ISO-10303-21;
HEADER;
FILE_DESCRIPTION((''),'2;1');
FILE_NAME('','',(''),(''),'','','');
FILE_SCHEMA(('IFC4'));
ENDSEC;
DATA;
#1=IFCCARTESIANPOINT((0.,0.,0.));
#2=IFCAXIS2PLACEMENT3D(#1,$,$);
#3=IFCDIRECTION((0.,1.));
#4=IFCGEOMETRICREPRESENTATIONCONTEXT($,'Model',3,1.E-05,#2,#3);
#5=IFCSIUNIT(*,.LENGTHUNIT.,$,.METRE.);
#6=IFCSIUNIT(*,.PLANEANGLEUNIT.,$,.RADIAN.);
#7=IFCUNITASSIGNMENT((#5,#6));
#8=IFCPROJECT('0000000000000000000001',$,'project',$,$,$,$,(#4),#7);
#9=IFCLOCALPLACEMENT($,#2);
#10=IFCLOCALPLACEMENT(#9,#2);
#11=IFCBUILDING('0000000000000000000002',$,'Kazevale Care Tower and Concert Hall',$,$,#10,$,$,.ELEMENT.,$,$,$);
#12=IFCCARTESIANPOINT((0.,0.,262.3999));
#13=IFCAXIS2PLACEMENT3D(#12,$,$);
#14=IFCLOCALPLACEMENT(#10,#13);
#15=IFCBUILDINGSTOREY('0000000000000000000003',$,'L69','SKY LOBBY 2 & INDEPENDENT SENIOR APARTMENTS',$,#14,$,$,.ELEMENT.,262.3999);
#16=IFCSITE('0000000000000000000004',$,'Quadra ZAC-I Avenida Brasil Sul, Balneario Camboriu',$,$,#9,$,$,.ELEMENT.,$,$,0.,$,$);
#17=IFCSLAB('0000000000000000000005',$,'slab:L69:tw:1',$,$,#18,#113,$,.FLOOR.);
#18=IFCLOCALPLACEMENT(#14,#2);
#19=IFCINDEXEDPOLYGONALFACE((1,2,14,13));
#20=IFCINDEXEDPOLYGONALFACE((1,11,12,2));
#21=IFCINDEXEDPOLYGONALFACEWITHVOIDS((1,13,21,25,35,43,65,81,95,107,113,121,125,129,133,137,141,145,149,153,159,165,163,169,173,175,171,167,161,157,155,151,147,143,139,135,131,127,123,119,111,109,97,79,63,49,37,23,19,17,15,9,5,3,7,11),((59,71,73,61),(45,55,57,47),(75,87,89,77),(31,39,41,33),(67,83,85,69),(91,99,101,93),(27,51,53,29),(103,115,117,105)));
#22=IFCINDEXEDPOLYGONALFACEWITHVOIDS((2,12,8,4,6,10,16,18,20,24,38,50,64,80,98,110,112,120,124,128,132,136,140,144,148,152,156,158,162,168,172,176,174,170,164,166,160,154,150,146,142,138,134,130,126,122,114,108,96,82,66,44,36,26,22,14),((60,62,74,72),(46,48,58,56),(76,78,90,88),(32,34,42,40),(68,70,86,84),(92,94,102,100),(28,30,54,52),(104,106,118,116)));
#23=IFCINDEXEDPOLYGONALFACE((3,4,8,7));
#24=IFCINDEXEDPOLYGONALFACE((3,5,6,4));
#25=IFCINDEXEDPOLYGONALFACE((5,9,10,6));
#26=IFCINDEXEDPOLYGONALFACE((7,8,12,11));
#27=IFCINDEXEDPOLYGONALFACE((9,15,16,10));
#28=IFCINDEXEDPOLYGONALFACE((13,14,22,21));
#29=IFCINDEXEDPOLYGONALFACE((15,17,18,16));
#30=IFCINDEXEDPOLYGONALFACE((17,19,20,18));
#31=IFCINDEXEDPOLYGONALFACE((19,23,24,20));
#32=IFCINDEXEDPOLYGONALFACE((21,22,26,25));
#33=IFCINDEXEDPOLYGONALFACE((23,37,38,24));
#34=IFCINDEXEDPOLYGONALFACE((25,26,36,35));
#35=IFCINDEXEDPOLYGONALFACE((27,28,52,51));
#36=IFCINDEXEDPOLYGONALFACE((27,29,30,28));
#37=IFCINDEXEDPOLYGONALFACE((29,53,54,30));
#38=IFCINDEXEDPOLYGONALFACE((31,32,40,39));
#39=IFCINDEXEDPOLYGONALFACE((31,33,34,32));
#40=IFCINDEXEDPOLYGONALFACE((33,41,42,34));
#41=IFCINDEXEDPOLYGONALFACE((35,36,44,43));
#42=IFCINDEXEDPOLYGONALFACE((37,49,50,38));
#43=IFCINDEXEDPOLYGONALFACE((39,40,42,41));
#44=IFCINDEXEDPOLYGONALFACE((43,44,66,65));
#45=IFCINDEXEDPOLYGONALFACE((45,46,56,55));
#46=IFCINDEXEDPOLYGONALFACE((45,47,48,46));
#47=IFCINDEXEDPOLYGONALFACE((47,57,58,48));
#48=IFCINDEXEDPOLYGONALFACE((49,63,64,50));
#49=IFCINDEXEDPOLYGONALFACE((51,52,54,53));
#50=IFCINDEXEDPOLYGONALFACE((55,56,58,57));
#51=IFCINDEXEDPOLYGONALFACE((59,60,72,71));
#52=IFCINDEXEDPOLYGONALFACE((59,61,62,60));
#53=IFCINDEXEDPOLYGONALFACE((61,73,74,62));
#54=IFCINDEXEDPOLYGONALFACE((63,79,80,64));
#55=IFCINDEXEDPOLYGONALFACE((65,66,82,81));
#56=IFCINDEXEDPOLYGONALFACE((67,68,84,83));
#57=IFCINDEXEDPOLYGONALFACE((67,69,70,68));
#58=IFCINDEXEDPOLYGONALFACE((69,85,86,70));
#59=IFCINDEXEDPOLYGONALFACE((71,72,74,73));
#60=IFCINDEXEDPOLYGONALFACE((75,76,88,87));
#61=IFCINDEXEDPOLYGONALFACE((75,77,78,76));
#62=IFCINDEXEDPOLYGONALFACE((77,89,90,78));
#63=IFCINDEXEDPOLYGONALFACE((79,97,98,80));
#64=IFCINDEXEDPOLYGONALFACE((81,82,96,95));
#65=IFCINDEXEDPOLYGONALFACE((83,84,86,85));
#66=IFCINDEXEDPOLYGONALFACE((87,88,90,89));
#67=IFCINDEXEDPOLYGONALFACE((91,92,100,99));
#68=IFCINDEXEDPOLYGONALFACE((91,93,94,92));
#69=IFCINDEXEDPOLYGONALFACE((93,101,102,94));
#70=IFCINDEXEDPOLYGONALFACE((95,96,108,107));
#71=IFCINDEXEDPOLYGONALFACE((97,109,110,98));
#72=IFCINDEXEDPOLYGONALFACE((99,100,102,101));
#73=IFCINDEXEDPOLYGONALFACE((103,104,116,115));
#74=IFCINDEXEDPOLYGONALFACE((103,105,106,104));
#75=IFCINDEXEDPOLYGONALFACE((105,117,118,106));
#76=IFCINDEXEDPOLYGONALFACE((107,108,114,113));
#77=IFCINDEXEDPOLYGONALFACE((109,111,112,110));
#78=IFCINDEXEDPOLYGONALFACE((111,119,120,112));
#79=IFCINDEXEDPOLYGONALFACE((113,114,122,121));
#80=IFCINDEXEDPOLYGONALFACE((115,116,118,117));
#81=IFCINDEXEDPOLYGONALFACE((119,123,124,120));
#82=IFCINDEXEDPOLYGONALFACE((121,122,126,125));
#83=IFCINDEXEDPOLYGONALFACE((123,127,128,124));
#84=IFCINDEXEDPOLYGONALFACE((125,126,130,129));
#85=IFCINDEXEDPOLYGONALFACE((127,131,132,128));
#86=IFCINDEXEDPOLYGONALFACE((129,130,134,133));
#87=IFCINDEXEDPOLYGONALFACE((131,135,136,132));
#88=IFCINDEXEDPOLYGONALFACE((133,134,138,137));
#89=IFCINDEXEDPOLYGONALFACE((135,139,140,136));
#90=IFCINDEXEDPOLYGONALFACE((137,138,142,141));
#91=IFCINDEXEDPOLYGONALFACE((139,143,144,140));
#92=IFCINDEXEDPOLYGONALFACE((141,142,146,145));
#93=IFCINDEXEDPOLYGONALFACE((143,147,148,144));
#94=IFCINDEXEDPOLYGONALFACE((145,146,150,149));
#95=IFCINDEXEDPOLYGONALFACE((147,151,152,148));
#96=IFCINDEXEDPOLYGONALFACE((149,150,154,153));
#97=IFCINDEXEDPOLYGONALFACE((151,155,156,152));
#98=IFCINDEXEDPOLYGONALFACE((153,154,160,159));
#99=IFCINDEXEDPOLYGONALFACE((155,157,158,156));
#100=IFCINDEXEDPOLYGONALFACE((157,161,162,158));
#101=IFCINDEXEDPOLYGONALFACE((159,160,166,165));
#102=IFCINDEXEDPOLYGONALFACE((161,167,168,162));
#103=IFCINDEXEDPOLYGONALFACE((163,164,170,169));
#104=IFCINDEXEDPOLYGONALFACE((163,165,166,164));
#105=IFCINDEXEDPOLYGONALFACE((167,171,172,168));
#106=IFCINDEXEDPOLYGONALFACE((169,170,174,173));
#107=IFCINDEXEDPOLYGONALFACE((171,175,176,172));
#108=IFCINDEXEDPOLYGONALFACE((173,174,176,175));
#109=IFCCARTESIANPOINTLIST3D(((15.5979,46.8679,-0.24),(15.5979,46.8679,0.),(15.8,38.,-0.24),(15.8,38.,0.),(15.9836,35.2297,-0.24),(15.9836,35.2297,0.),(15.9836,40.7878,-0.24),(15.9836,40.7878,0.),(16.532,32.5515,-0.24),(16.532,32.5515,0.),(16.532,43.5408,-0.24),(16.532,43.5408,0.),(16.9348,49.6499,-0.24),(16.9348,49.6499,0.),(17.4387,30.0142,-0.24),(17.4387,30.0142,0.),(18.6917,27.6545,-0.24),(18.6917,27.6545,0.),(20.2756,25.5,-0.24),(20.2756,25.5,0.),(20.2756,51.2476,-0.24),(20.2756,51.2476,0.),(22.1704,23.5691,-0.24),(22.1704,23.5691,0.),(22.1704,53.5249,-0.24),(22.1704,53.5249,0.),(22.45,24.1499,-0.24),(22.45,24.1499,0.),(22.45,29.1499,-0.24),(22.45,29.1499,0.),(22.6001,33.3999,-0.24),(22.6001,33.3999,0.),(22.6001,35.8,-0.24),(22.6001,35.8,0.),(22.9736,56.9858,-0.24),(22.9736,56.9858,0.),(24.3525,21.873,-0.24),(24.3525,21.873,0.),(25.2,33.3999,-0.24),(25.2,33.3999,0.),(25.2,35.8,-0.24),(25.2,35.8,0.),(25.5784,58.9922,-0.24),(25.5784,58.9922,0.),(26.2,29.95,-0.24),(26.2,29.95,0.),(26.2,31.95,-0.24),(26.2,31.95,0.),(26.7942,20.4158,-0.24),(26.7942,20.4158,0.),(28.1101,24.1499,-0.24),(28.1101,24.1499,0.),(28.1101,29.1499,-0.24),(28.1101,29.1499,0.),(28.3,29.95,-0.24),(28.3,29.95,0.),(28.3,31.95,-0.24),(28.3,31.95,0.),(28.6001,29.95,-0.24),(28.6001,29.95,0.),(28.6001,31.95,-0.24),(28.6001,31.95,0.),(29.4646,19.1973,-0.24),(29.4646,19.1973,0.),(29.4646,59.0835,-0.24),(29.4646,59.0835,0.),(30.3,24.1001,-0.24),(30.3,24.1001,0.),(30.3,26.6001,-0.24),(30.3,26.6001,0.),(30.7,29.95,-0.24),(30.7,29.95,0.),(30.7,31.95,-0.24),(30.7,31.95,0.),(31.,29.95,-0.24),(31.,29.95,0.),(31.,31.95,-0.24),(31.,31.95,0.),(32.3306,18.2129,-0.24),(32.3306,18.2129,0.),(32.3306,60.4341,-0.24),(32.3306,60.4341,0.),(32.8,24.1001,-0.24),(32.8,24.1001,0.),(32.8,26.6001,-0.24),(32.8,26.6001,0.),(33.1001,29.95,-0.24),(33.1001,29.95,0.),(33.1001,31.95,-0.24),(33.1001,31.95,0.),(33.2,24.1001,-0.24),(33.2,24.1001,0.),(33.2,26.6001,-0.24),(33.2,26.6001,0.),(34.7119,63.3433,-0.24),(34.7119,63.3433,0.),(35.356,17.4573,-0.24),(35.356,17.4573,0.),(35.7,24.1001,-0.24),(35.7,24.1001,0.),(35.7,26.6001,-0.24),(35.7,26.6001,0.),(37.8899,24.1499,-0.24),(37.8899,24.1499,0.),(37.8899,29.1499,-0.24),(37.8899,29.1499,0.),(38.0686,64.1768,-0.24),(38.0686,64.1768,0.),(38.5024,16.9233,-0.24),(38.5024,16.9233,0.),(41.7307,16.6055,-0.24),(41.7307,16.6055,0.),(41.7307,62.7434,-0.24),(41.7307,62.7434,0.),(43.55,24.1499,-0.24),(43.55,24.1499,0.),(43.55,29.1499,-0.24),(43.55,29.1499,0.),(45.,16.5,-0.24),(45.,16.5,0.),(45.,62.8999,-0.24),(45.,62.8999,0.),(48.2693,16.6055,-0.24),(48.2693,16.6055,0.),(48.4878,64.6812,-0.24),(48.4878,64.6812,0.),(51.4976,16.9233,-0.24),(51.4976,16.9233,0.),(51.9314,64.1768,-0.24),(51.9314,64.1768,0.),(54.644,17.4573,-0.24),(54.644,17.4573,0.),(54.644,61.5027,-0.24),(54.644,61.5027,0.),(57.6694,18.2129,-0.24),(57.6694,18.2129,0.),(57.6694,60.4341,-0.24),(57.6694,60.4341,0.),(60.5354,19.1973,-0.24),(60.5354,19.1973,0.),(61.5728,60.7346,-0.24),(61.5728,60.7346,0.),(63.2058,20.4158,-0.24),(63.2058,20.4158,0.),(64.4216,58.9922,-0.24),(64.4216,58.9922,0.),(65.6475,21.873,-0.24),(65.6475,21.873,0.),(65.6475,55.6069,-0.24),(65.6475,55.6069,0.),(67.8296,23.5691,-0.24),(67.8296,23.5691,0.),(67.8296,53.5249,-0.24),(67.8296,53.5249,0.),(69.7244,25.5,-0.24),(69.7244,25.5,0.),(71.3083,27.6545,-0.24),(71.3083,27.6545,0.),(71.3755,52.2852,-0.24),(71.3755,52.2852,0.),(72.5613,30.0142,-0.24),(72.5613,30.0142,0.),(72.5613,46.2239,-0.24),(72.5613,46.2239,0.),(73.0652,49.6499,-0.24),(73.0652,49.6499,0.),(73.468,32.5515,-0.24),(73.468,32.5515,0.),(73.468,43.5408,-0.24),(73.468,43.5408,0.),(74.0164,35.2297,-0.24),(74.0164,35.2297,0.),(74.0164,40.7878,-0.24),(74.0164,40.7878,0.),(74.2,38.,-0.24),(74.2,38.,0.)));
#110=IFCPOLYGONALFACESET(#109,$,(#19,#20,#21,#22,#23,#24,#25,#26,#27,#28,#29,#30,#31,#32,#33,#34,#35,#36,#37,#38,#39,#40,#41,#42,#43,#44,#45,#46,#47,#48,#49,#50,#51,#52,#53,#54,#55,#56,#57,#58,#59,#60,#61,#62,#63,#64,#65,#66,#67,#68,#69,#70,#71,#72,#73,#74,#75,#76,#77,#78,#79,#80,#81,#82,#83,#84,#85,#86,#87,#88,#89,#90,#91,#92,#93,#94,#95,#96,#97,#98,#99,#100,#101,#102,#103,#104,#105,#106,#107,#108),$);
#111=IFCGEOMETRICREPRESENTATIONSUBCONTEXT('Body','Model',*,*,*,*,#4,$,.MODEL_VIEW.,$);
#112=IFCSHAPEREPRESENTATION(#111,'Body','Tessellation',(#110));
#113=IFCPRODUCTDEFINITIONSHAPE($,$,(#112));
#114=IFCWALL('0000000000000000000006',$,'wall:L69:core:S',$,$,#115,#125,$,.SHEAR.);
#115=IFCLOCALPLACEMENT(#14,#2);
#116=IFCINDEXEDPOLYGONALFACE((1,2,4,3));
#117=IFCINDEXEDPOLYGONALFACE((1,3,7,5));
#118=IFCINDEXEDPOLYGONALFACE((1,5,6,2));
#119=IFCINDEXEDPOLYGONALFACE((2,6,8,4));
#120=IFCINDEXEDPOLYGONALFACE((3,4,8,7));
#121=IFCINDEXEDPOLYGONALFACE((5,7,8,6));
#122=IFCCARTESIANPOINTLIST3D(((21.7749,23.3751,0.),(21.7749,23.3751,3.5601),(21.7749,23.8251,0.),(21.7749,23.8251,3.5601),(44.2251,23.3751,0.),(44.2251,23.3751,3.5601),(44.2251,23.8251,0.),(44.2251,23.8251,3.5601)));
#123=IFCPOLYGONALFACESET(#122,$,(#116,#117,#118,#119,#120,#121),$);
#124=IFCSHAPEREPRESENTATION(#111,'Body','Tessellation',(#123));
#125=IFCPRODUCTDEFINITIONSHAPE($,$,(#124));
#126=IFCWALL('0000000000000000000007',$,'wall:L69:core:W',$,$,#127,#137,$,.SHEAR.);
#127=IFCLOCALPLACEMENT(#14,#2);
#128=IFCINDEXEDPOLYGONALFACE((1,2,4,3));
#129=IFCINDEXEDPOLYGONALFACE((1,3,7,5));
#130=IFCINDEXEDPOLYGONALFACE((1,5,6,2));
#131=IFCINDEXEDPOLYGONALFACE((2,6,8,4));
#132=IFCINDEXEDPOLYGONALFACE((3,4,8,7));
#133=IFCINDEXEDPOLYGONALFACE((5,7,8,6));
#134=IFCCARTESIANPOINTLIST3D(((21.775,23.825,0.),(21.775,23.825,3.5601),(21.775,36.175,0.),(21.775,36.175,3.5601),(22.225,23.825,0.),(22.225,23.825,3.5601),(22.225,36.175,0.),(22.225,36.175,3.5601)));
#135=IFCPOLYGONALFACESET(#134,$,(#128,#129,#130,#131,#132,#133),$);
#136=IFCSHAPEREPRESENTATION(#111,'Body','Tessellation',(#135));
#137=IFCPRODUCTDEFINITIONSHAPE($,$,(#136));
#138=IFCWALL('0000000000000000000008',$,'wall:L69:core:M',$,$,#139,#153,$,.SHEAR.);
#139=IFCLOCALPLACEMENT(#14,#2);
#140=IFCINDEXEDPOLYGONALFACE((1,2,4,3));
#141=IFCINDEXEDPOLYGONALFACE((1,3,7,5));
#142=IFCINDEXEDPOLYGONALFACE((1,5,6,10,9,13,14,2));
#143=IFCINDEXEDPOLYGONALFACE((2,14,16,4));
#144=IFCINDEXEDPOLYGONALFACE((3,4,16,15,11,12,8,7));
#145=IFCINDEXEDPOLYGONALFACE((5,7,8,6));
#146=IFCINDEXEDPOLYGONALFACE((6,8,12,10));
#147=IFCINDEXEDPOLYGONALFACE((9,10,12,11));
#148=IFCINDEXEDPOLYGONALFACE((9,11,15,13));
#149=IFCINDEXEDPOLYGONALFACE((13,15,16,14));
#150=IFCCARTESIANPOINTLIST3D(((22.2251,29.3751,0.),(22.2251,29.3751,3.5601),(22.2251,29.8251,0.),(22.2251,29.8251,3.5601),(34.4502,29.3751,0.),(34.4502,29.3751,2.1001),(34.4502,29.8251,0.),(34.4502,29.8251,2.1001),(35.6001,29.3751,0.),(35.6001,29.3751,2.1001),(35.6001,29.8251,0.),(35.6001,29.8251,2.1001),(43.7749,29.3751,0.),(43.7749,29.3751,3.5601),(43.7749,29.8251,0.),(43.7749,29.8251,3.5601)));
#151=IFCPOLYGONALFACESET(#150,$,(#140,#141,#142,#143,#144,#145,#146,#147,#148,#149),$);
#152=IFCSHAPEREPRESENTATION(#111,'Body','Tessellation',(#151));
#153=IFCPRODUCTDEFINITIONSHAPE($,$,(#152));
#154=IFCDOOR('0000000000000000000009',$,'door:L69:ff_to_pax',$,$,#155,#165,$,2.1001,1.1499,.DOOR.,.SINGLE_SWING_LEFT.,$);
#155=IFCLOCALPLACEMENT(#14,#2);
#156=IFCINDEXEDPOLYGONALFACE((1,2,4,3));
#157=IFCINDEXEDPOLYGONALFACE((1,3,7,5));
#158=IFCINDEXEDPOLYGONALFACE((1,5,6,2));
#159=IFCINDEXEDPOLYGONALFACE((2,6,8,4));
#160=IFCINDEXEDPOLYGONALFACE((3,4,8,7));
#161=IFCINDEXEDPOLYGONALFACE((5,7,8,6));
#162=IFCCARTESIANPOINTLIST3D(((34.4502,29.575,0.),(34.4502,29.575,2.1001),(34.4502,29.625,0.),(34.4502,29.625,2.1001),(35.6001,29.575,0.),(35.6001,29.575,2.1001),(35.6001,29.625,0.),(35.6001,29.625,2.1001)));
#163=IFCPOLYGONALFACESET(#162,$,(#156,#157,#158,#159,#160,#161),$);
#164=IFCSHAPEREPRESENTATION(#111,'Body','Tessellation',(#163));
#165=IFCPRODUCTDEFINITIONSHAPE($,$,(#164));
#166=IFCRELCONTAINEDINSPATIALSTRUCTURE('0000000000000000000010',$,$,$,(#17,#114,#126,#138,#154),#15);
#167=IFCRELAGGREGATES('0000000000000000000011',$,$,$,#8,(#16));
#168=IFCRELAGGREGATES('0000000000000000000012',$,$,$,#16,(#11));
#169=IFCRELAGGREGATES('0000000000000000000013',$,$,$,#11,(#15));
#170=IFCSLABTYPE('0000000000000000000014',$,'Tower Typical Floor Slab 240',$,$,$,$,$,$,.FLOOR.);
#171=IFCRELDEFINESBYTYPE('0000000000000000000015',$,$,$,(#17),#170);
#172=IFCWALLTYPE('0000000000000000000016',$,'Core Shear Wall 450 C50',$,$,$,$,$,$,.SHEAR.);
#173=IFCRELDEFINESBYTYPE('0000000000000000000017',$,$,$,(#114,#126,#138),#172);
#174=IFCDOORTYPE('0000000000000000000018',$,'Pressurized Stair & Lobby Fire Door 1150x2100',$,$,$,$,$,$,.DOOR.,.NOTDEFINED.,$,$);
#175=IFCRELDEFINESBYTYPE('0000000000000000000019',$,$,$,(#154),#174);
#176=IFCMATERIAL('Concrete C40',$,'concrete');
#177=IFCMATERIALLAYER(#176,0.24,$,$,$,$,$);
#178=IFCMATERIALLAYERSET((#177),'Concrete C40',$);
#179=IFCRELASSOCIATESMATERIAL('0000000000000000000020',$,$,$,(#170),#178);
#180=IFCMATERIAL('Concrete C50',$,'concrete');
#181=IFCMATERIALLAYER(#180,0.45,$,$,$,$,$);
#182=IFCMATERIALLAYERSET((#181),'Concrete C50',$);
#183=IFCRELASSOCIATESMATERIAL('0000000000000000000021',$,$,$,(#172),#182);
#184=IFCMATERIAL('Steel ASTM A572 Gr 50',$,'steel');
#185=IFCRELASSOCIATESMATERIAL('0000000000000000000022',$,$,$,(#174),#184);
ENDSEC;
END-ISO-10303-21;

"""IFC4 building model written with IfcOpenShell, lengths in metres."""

from ifc_helpers import new_model, si_unit, direction, frame, frame_2d, origin, place, context, subcontext, project, spatial, polyline, rectangle, outline, extrude, material, layer, layer_set, type_object, element, fill, save


model = new_model("IFC4")

# Units and contexts
model_context = context("Model", 3, precision=1e-05, world=origin(), true_north=direction((0.0, 1.0)))
body_context = subcontext(model_context, "Body", "Model", "MODEL_VIEW")
ifc_project = project(units=[si_unit("LENGTHUNIT", "METRE"), si_unit("PLANEANGLEUNIT", "RADIAN")], contexts=[model_context])

# Site, building, storey
site_placement = place(None, origin())
site = spatial("IfcSite", under=ifc_project, at=site_placement, Name="Quadra ZAC-I Avenida Brasil Sul, Balneario Camboriu", CompositionType="ELEMENT", RefElevation=0.0)
building_placement = place(site_placement, origin())
building = spatial("IfcBuilding", under=site, at=building_placement, Name="Kazevale Care Tower and Concert Hall", CompositionType="ELEMENT")
storey_placement = place(building_placement, frame((0.0, 0.0, 262.3999)))
storey = spatial("IfcBuildingStorey", under=building, at=storey_placement, Name="L69", Description="SKY LOBBY 2 & INDEPENDENT SENIOR APARTMENTS", CompositionType="ELEMENT", Elevation=262.3999)

# Shared definitions
ifc_material_1 = material(Name="Concrete C50", Category="concrete")

# Shared definitions
ifc_material_2 = material(Name="Steel ASTM A572 Gr 50", Category="steel")

# Shared definitions
ifc_material_3 = material(Name="Concrete C40", Category="concrete")

# Slab
ifc_layer_1 = layer(ifc_material_3, 0.24)
ifc_layer_set_1 = layer_set([ifc_layer_1], Name="Concrete C40")
slab_type_1 = type_object("IfcSlabType", Name="Tower Typical Floor Slab 240", PredefinedType="FLOOR", material=ifc_layer_set_1)
slab_1_placement = place(storey_placement, frame((0.0, 0.0, -0.24)))
element("IfcSlab", 1, at=slab_1_placement, inside=storey, type_object=slab_type_1, Name="slab:L69:tw:1", PredefinedType="FLOOR", context=body_context, shape_type="SweptSolid", body=[
    extrude(outline(polyline([(74.2, 38.0), (74.0164, 40.7878), (73.468, 43.5408), (72.5613, 46.2239), (73.0652, 49.6499), (71.3755, 52.2852), (67.8296, 53.5249), (65.6475, 55.6069), (64.4216, 58.9922), (61.5728, 60.7346), (57.6694, 60.4341), (54.644, 61.5027), (51.9314, 64.1768), (48.4878, 64.6812), (45.0, 62.8999), (41.7307, 62.7434), (38.0686, 64.1768), (34.7119, 63.3433), (32.3306, 60.4341), (29.4646, 59.0835), (25.5784, 58.9922), (22.9736, 56.9858), (22.1704, 53.5249), (20.2756, 51.2476), (16.9348, 49.6499), (15.5979, 46.8679), (16.532, 43.5408), (15.9836, 40.7878), (15.8, 38.0), (15.9836, 35.2297), (16.532, 32.5515), (17.4387, 30.0142), (18.6917, 27.6545), (20.2756, 25.5), (22.1704, 23.5691), (24.3525, 21.873), (26.7942, 20.4158), (29.4646, 19.1973), (32.3306, 18.2129), (35.356, 17.4573), (38.5024, 16.9233), (41.7307, 16.6055), (45.0, 16.5), (48.2693, 16.6055), (51.4976, 16.9233), (54.644, 17.4573), (57.6694, 18.2129), (60.5354, 19.1973), (63.2058, 20.4158), (65.6475, 21.873), (67.8296, 23.5691), (69.7244, 25.5), (71.3083, 27.6545), (72.5613, 30.0142), (73.468, 32.5515), (74.0164, 35.2297), (74.2, 38.0)]), holes=[polyline([(22.45, 24.1499), (28.1101, 24.1499), (28.1101, 29.1499), (22.45, 29.1499), (22.45, 24.1499)]), polyline([(37.8899, 24.1499), (43.55, 24.1499), (43.55, 29.1499), (37.8899, 29.1499), (37.8899, 24.1499)]), polyline([(30.3, 24.1001), (32.8, 24.1001), (32.8, 26.6001), (30.3, 26.6001), (30.3, 24.1001)]), polyline([(33.2, 24.1001), (35.7, 24.1001), (35.7, 26.6001), (33.2, 26.6001), (33.2, 24.1001)]), polyline([(22.6001, 33.3999), (25.2, 33.3999), (25.2, 35.8), (22.6001, 35.8), (22.6001, 33.3999)]), polyline([(26.2, 29.95), (28.3, 29.95), (28.3, 31.95), (26.2, 31.95), (26.2, 29.95)]), polyline([(28.6001, 29.95), (30.7, 29.95), (30.7, 31.95), (28.6001, 31.95), (28.6001, 29.95)]), polyline([(31.0, 29.95), (33.1001, 29.95), (33.1001, 31.95), (31.0, 31.95), (31.0, 29.95)])]), origin(), (0.0, 0.0, 1.0), 0.24),
])

# Walls
ifc_layer_2 = layer(ifc_material_1, 0.45)
ifc_layer_set_2 = layer_set([ifc_layer_2], Name="Concrete C50")
wall_type_1 = type_object("IfcWallType", Name="Core Shear Wall 450 C50", PredefinedType="SHEAR", material=ifc_layer_set_2)
wall_1_placement = place(storey_placement, frame((21.7749, 23.6001, 0.0), z_axis=(0.0, 0.0, 1.0), x_axis=(1.0, 0.0, 0.0)))
element("IfcWall", 2, at=wall_1_placement, inside=storey, type_object=wall_type_1, Name="wall:L69:core:S", PredefinedType="SHEAR", context=body_context, shape_type="SweptSolid", body=[
    extrude(rectangle(XDim=22.4502, YDim=0.45, at=frame_2d((11.2251, 0.0))), origin(), (0.0, 0.0, 1.0), 3.5601),
])
wall_2_placement = place(storey_placement, frame((22.0, 23.825, 0.0), z_axis=(0.0, 0.0, 1.0), x_axis=(0.0, 1.0, 0.0)))
element("IfcWall", 3, at=wall_2_placement, inside=storey, type_object=wall_type_1, Name="wall:L69:core:W", PredefinedType="SHEAR", context=body_context, shape_type="SweptSolid", body=[
    extrude(rectangle(XDim=12.3501, YDim=0.45, at=frame_2d((6.175, 0.0))), origin(), (0.0, 0.0, 1.0), 3.5601),
])

# Wall, opening, door
wall_3_placement = place(storey_placement, frame((22.2251, 29.6001, 0.0), z_axis=(0.0, 0.0, 1.0), x_axis=(1.0, 0.0, 0.0)))
wall_3 = element("IfcWall", 4, at=wall_3_placement, inside=storey, type_object=wall_type_1, Name="wall:L69:core:M", PredefinedType="SHEAR", context=body_context, shape_type="SweptSolid", body=[
    extrude(rectangle(XDim=21.5498, YDim=0.45, at=frame_2d((10.7749, 0.0))), origin(), (0.0, 0.0, 1.0), 3.5601),
])
opening_1_placement = place(wall_3_placement, frame((12.2251, 0.0, 0.0)))
opening_1 = element("IfcOpeningElement", 5, at=opening_1_placement, cuts=wall_3, PredefinedType="OPENING", context=body_context, shape_type="SweptSolid", body=[
    extrude(rectangle(XDim=1.1499, YDim=2.1001, at=frame_2d((0.575, 1.05))), frame((0.0, 0.2349, 0.0), z_axis=(0.0, -1.0, 0.0), x_axis=(1.0, 0.0, 0.0)), (0.0, 0.0, 1.0), 0.47),
])
door_type_1 = type_object("IfcDoorType", Name="Pressurized Stair & Lobby Fire Door 1150x2100", OperationType="NOTDEFINED", PredefinedType="DOOR", material=ifc_material_2)
door_1_placement = place(opening_1_placement, origin())
door_1 = element("IfcDoor", 6, at=door_1_placement, inside=storey, type_object=door_type_1, Name="door:L69:ff_to_pax", OperationType="SINGLE_SWING_LEFT", OverallHeight=2.1001, OverallWidth=1.1499, PredefinedType="DOOR", context=body_context, shape_type="SweptSolid", body=[
    extrude(rectangle(XDim=1.1499, YDim=2.1001, at=frame_2d((0.575, 1.05))), frame((0.0, 0.0249, 0.0), z_axis=(0.0, -1.0, 0.0), x_axis=(1.0, 0.0, 0.0)), (0.0, 0.0, 1.0), 0.05),
])
fill(opening_1, door_1)

save(model, "model.ifc")
